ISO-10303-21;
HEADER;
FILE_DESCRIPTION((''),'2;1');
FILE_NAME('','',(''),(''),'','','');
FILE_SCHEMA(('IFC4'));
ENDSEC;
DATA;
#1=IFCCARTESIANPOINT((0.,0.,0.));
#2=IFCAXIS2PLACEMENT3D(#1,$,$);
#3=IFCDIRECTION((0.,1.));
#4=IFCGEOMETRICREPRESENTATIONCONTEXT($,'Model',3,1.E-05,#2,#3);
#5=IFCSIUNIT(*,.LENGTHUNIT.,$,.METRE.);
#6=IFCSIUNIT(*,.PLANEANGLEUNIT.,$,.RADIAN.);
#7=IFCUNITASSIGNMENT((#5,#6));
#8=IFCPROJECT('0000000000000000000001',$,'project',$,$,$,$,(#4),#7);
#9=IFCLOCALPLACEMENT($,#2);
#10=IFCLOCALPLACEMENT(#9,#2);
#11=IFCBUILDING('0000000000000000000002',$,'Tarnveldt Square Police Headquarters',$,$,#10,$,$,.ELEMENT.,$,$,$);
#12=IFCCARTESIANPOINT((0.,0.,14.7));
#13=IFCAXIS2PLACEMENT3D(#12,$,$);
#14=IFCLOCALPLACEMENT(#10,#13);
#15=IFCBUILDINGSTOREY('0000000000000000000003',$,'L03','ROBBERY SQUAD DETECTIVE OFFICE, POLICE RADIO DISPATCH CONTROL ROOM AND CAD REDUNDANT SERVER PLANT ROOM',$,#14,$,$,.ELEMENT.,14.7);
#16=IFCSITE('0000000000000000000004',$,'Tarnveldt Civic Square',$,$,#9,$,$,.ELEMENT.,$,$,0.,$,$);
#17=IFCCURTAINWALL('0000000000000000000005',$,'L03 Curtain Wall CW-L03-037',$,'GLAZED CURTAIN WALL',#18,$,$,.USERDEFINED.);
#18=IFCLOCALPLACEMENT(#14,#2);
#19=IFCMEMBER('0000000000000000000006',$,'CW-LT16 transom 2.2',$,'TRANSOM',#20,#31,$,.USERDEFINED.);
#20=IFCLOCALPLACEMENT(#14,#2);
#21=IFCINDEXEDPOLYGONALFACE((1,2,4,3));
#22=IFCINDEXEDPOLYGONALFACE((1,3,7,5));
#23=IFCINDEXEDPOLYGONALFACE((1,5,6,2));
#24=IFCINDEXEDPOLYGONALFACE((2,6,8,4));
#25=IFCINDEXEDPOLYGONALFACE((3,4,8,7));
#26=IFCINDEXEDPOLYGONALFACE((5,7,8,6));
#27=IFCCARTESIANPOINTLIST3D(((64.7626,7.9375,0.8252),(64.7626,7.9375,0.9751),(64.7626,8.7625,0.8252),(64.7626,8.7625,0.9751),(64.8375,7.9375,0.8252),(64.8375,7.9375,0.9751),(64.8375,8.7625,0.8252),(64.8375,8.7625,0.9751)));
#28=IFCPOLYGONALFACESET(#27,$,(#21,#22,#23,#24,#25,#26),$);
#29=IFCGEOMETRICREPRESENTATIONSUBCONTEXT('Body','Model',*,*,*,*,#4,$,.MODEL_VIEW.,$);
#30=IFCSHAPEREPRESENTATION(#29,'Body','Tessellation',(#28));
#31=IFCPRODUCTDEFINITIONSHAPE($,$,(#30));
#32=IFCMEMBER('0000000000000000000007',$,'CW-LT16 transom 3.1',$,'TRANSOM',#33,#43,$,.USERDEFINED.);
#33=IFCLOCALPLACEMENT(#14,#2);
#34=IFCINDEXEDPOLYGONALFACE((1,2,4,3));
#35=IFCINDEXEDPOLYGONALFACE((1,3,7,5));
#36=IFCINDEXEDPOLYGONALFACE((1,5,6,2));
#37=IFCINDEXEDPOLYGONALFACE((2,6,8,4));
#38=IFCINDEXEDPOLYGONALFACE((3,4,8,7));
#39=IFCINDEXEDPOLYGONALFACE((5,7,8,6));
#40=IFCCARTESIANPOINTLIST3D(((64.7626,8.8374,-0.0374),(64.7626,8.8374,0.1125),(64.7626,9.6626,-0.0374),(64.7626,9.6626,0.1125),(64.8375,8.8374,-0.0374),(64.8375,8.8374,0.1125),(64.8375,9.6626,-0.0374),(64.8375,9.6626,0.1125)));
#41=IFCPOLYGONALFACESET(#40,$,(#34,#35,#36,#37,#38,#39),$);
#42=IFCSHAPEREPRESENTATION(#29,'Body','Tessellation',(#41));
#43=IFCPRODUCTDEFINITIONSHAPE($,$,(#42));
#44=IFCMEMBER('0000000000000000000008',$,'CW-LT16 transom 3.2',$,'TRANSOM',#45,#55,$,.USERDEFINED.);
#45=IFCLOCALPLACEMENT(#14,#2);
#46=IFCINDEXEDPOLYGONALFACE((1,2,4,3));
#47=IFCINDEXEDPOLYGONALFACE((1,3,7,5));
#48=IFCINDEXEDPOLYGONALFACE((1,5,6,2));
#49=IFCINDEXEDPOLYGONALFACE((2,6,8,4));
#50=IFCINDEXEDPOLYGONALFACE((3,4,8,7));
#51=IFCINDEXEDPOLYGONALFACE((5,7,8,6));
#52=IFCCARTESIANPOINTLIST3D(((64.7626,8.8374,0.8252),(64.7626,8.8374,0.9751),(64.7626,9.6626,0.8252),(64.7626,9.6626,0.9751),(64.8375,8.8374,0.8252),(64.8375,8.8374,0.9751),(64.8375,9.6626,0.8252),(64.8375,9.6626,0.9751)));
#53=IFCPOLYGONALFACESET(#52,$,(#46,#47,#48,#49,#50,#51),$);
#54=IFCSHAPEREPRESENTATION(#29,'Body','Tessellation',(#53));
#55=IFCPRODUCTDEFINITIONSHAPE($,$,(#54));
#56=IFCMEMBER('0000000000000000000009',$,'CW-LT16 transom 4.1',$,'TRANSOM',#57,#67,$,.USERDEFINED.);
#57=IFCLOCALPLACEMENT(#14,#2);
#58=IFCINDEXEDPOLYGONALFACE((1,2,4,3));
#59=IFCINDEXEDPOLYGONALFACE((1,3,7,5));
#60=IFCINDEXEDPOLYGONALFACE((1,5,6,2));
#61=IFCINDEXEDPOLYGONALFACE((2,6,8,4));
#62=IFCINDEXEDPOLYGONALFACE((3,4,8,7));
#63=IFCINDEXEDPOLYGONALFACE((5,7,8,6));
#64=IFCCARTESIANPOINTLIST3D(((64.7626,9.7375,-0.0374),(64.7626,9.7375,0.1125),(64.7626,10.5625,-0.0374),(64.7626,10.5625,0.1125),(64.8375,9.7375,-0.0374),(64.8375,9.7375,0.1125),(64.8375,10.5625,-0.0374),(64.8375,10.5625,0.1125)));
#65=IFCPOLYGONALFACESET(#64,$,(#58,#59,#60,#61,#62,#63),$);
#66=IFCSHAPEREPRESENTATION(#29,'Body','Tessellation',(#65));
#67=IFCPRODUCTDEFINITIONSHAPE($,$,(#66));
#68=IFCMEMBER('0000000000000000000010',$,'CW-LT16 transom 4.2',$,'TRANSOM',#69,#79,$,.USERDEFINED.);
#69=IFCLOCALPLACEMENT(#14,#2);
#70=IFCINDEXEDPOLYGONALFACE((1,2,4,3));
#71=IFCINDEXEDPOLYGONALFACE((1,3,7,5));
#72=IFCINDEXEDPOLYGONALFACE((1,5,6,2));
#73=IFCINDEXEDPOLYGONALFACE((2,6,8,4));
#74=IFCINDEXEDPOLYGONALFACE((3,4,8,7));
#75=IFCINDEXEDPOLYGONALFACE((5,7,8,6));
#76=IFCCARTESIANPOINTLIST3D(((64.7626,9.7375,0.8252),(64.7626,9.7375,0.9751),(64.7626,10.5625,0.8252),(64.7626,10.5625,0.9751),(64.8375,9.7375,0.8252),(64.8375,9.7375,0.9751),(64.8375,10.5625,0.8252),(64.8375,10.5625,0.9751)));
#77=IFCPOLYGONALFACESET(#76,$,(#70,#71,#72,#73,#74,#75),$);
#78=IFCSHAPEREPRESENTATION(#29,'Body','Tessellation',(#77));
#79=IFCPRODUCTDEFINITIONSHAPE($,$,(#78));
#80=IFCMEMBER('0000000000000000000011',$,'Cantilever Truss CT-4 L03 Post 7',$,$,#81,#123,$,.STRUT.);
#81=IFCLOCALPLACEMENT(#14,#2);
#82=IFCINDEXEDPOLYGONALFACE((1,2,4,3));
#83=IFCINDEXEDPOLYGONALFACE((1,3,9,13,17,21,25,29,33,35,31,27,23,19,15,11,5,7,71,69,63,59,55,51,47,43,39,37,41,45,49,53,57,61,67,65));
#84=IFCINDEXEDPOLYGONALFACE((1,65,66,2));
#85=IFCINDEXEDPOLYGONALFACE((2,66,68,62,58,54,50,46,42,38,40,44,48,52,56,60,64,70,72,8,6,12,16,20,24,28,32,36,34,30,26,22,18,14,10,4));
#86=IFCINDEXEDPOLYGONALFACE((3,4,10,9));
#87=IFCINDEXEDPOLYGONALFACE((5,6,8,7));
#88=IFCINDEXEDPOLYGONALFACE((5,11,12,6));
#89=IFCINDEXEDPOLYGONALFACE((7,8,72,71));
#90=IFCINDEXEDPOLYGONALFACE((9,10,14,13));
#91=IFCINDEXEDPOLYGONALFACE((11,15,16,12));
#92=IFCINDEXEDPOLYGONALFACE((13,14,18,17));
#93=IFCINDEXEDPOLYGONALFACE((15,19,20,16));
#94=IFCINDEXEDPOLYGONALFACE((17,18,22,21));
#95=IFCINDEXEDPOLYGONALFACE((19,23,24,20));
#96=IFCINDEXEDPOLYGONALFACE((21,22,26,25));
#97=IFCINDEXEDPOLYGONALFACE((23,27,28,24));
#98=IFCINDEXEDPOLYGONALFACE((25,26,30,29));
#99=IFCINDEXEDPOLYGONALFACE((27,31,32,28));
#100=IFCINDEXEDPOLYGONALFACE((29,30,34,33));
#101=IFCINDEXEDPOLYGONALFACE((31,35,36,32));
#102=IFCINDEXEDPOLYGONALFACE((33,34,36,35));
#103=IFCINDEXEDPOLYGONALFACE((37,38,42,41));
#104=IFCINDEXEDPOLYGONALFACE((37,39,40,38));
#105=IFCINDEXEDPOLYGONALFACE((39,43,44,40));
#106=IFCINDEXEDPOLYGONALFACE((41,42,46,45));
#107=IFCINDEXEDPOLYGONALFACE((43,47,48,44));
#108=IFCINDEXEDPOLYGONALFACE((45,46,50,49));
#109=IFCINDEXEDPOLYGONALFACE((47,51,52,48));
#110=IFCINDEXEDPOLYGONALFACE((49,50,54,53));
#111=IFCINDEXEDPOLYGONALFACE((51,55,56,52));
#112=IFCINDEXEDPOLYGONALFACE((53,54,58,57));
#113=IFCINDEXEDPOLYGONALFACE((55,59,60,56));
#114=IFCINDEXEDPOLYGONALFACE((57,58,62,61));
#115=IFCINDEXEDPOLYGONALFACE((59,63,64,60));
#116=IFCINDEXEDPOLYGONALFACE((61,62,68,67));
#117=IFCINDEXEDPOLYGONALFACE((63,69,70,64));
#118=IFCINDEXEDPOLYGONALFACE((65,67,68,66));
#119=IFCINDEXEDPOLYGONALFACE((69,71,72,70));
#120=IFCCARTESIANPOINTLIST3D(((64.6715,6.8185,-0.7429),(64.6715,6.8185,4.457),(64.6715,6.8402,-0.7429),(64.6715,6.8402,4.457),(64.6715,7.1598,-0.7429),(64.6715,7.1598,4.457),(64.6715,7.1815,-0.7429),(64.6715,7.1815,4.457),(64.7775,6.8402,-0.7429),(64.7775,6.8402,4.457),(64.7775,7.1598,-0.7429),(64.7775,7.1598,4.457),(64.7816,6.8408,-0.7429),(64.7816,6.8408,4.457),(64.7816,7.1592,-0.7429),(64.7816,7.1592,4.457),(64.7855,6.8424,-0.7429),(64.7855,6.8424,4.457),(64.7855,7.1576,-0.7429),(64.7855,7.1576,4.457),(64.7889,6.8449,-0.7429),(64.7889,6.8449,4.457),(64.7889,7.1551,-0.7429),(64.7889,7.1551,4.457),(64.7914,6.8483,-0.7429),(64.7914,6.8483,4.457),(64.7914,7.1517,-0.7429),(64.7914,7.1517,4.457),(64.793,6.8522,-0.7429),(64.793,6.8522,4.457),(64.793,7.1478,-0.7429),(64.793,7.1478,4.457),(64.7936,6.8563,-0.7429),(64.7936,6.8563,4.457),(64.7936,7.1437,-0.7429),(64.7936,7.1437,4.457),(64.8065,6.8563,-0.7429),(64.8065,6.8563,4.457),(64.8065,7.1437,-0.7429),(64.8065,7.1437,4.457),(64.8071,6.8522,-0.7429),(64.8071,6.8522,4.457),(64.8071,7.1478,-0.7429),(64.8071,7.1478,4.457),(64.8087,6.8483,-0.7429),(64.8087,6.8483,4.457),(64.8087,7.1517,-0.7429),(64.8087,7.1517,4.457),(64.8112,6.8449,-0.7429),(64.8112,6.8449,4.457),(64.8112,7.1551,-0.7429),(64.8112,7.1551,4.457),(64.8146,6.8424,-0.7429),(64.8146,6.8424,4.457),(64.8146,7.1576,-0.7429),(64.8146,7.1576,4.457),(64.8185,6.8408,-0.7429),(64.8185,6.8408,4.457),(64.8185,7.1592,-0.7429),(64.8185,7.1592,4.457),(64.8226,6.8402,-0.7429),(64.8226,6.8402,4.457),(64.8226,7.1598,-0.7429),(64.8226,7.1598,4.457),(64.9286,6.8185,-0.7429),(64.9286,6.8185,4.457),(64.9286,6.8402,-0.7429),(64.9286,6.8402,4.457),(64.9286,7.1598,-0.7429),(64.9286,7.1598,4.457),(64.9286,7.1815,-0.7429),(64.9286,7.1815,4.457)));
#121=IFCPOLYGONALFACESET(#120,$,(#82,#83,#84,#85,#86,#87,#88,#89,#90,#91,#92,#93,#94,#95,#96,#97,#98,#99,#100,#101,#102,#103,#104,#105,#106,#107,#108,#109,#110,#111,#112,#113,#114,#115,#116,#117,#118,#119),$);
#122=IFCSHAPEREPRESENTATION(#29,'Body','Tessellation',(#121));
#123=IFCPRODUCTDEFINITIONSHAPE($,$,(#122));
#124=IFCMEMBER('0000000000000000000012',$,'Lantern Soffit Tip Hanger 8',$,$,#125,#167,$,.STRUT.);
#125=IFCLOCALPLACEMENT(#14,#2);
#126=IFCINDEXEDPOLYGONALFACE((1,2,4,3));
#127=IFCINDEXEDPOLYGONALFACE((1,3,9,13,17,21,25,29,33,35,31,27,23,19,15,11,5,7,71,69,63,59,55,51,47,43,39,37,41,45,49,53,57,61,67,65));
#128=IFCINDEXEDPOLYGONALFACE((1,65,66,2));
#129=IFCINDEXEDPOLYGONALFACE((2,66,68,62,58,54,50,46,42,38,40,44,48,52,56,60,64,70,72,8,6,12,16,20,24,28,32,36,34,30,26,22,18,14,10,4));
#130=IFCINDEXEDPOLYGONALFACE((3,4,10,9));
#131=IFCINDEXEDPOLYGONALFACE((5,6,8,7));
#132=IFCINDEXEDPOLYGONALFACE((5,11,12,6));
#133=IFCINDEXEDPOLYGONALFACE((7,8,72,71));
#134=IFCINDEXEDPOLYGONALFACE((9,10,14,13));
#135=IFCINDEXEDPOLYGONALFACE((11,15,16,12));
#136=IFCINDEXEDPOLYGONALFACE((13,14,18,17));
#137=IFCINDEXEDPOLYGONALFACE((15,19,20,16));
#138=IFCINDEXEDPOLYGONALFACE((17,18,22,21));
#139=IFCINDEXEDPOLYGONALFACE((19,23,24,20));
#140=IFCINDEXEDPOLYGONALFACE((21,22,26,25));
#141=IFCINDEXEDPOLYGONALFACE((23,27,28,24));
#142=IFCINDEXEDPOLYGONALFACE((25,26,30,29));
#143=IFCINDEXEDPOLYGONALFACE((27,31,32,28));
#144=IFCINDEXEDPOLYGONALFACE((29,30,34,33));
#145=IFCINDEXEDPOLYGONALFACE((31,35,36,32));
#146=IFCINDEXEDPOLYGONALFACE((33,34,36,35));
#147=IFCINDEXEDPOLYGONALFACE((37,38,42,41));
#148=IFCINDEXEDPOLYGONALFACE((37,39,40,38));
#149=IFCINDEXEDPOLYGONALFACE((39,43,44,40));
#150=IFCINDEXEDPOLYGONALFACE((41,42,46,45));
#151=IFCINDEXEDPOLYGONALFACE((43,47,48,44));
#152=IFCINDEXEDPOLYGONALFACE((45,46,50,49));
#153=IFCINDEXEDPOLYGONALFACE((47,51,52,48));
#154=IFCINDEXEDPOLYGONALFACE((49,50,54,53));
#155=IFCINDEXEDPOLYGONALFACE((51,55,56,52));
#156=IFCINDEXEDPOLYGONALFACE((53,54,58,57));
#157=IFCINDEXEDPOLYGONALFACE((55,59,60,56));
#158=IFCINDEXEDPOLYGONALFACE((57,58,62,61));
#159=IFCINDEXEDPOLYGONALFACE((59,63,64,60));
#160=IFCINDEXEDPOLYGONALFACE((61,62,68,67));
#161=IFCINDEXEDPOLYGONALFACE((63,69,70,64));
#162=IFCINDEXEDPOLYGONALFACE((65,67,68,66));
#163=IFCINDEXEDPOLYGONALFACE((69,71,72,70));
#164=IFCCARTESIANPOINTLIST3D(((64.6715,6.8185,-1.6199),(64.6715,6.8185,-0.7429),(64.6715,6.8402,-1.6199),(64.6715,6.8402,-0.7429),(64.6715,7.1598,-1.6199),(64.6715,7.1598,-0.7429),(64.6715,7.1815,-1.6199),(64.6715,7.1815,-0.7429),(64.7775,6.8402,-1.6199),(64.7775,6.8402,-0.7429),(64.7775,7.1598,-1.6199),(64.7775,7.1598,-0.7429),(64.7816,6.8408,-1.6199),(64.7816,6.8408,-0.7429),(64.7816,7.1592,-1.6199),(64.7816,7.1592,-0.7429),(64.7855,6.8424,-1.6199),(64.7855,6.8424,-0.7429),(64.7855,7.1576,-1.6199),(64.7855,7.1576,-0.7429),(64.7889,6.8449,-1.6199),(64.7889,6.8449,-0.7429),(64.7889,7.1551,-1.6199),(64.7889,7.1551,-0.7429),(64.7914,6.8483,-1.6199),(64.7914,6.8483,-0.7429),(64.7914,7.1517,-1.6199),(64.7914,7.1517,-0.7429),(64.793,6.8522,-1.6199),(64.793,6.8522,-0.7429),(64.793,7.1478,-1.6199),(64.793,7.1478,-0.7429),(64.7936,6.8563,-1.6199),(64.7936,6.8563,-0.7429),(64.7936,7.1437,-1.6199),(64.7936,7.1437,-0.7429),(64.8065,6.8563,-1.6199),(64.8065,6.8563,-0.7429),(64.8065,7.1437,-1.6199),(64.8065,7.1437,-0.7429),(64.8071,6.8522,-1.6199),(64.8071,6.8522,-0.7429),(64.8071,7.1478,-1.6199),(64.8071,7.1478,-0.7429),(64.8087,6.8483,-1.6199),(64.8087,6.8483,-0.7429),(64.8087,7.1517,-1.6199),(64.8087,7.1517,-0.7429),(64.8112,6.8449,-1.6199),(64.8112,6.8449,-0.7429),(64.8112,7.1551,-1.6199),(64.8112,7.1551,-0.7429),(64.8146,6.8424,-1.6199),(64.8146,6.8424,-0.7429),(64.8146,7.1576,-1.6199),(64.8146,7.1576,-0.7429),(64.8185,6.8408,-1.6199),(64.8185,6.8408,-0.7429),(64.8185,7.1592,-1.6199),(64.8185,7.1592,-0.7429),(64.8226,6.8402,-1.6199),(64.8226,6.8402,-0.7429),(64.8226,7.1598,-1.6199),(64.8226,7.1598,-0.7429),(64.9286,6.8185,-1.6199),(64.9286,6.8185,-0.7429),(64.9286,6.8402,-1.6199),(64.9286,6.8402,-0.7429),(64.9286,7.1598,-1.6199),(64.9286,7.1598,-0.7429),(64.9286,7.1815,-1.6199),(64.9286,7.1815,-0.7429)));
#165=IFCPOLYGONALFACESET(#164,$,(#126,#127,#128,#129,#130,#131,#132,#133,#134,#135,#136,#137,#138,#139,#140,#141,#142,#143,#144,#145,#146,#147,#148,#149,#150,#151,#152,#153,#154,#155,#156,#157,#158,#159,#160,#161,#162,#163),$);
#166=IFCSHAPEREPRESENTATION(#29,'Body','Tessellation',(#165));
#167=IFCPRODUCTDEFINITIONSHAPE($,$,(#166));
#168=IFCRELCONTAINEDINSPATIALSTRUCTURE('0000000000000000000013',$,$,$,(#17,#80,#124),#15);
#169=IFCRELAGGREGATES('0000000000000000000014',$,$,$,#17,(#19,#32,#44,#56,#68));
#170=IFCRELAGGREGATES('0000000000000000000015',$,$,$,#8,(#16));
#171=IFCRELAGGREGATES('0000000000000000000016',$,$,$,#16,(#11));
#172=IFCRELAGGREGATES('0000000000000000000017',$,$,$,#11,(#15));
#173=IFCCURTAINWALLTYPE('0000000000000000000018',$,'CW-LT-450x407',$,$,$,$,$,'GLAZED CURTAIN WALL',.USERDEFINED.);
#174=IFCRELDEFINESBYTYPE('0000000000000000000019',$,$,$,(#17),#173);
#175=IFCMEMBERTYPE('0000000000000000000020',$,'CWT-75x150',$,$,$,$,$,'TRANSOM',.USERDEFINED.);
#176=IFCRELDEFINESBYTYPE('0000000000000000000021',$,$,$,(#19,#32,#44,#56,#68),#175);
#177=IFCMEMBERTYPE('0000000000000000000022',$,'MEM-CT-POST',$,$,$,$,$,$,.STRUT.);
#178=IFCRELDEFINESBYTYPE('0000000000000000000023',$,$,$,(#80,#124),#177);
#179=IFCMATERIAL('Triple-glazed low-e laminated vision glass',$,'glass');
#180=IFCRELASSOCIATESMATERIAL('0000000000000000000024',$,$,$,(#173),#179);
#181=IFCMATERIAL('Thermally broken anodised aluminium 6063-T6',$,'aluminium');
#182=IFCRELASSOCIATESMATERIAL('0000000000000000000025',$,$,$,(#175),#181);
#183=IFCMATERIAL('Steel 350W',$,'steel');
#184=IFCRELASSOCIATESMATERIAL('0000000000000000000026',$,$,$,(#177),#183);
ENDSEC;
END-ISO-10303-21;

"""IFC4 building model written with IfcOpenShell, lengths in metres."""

from ifc_helpers import new_model, si_unit, direction, frame, origin, origin_2d, place, context, subcontext, project, spatial, rectangle, i_section, extrude, material, material_profile, profile_set, type_object, element, aggregate, save


model = new_model("IFC4")

# Units and contexts
model_context = context("Model", 3, precision=1e-05, world=origin(), true_north=direction((0.0, 1.0)))
body_context = subcontext(model_context, "Body", "Model", "MODEL_VIEW")
ifc_project = project(units=[si_unit("LENGTHUNIT", "METRE"), si_unit("PLANEANGLEUNIT", "RADIAN")], contexts=[model_context])

# Site, building, storey
site_placement = place(None, origin())
site = spatial("IfcSite", under=ifc_project, at=site_placement, Name="Tarnveldt Civic Square", CompositionType="ELEMENT", RefElevation=0.0)
building_placement = place(site_placement, origin())
building = spatial("IfcBuilding", under=site, at=building_placement, Name="Tarnveldt Square Police Headquarters", CompositionType="ELEMENT")
storey_placement = place(building_placement, frame((0.0, 0.0, 14.7)))
storey = spatial("IfcBuildingStorey", under=building, at=storey_placement, Name="L03", Description="ROBBERY SQUAD DETECTIVE OFFICE, POLICE RADIO DISPATCH CONTROL ROOM AND CAD REDUNDANT SERVER PLANT ROOM", CompositionType="ELEMENT", Elevation=14.7)

# Curtain wall
ifc_material_1 = material(Name="Triple-glazed low-e laminated vision glass", Category="glass")
curtain_wall_type_1 = type_object("IfcCurtainWallType", Name="CW-LT-450x407", ElementType="GLAZED CURTAIN WALL", PredefinedType="USERDEFINED", material=ifc_material_1)
curtain_wall_1_placement = place(storey_placement, origin())
curtain_wall_1 = element("IfcCurtainWall", 1, at=curtain_wall_1_placement, inside=storey, type_object=curtain_wall_type_1, Name="L03 Curtain Wall CW-L03-037", ObjectType="GLAZED CURTAIN WALL", PredefinedType="USERDEFINED")
ifc_material_2 = material(Name="Thermally broken anodised aluminium 6063-T6", Category="aluminium")
ifc_material_profile_1 = material_profile(ifc_material_2, rectangle(XDim=0.075, YDim=0.1499, at=origin_2d()), Name="CW-T75x150")
ifc_profile_set_1 = profile_set([ifc_material_profile_1], Name="Thermally broken anodised aluminium 6063-T6")
member_type_1 = type_object("IfcMemberType", Name="CWT-75x150", ElementType="TRANSOM", PredefinedType="USERDEFINED", material=ifc_profile_set_1)

# Members
member_1_placement = place(storey_placement, frame((64.8, 7.9375, 0.9001), z_axis=(0.0, 1.0, 0.0), x_axis=(-1.0, 0.0, 0.0)))
member_1 = element("IfcMember", 2, at=member_1_placement, type_object=member_type_1, Name="CW-LT16 transom 2.2", ObjectType="TRANSOM", PredefinedType="USERDEFINED", context=body_context, shape_type="SweptSolid", body=[
    extrude(rectangle(XDim=0.075, YDim=0.1499, at=origin_2d()), origin(), (0.0, 0.0, 1.0), 0.825),
])
member_2_placement = place(storey_placement, frame((64.8, 8.8374, 0.0376), z_axis=(0.0, 1.0, 0.0), x_axis=(-1.0, 0.0, 0.0)))
member_2 = element("IfcMember", 3, at=member_2_placement, type_object=member_type_1, Name="CW-LT16 transom 3.1", ObjectType="TRANSOM", PredefinedType="USERDEFINED", context=body_context, shape_type="SweptSolid", body=[
    extrude(rectangle(XDim=0.075, YDim=0.1499, at=origin_2d()), origin(), (0.0, 0.0, 1.0), 0.8252),
])
member_3_placement = place(storey_placement, frame((64.8, 8.8374, 0.9001), z_axis=(0.0, 1.0, 0.0), x_axis=(-1.0, 0.0, 0.0)))
member_3 = element("IfcMember", 4, at=member_3_placement, type_object=member_type_1, Name="CW-LT16 transom 3.2", ObjectType="TRANSOM", PredefinedType="USERDEFINED", context=body_context, shape_type="SweptSolid", body=[
    extrude(rectangle(XDim=0.075, YDim=0.1499, at=origin_2d()), origin(), (0.0, 0.0, 1.0), 0.8252),
])
member_4_placement = place(storey_placement, frame((64.8, 9.7375, 0.0376), z_axis=(0.0, 1.0, 0.0), x_axis=(-1.0, 0.0, 0.0)))
member_4 = element("IfcMember", 5, at=member_4_placement, type_object=member_type_1, Name="CW-LT16 transom 4.1", ObjectType="TRANSOM", PredefinedType="USERDEFINED", context=body_context, shape_type="SweptSolid", body=[
    extrude(rectangle(XDim=0.075, YDim=0.1499, at=origin_2d()), origin(), (0.0, 0.0, 1.0), 0.825),
])
member_5_placement = place(storey_placement, frame((64.8, 9.7375, 0.9001), z_axis=(0.0, 1.0, 0.0), x_axis=(-1.0, 0.0, 0.0)))
member_5 = element("IfcMember", 6, at=member_5_placement, type_object=member_type_1, Name="CW-LT16 transom 4.2", ObjectType="TRANSOM", PredefinedType="USERDEFINED", context=body_context, shape_type="SweptSolid", body=[
    extrude(rectangle(XDim=0.075, YDim=0.1499, at=origin_2d()), origin(), (0.0, 0.0, 1.0), 0.825),
])

# Members
ifc_material_3 = material(Name="Steel 350W", Category="steel")
ifc_material_profile_2 = material_profile(ifc_material_3, i_section(OverallWidth=0.2571, OverallDepth=0.363, WebThickness=0.0129, FlangeThickness=0.0217, FilletRadius=0.0161, at=origin_2d()), Name="W360x122")
ifc_profile_set_2 = profile_set([ifc_material_profile_2], Name="Steel 350W")
member_type_2 = type_object("IfcMemberType", Name="MEM-CT-POST", PredefinedType="STRUT", material=ifc_profile_set_2)
member_6_placement = place(storey_placement, frame((64.8, 7.0, -0.7429), z_axis=(0.0, 0.0, 1.0), x_axis=(1.0, 0.0, 0.0)))
element("IfcMember", 7, at=member_6_placement, inside=storey, type_object=member_type_2, Name="Cantilever Truss CT-4 L03 Post 7", PredefinedType="STRUT", context=body_context, shape_type="SweptSolid", body=[
    extrude(i_section(OverallWidth=0.2571, OverallDepth=0.363, WebThickness=0.0129, FlangeThickness=0.0217, FilletRadius=0.0161, at=origin_2d()), origin(), (0.0, 0.0, 1.0), 5.2),
])
member_7_placement = place(storey_placement, frame((64.8, 7.0, -1.6199), z_axis=(0.0, 0.0, 1.0), x_axis=(1.0, 0.0, 0.0)))
element("IfcMember", 8, at=member_7_placement, inside=storey, type_object=member_type_2, Name="Lantern Soffit Tip Hanger 8", PredefinedType="STRUT", context=body_context, shape_type="SweptSolid", body=[
    extrude(i_section(OverallWidth=0.2571, OverallDepth=0.363, WebThickness=0.0129, FlangeThickness=0.0217, FilletRadius=0.0161, at=origin_2d()), origin(), (0.0, 0.0, 1.0), 0.877),
])

aggregate(curtain_wall_1, [member_1, member_2, member_3, member_4, member_5])

save(model, "model.ifc")
